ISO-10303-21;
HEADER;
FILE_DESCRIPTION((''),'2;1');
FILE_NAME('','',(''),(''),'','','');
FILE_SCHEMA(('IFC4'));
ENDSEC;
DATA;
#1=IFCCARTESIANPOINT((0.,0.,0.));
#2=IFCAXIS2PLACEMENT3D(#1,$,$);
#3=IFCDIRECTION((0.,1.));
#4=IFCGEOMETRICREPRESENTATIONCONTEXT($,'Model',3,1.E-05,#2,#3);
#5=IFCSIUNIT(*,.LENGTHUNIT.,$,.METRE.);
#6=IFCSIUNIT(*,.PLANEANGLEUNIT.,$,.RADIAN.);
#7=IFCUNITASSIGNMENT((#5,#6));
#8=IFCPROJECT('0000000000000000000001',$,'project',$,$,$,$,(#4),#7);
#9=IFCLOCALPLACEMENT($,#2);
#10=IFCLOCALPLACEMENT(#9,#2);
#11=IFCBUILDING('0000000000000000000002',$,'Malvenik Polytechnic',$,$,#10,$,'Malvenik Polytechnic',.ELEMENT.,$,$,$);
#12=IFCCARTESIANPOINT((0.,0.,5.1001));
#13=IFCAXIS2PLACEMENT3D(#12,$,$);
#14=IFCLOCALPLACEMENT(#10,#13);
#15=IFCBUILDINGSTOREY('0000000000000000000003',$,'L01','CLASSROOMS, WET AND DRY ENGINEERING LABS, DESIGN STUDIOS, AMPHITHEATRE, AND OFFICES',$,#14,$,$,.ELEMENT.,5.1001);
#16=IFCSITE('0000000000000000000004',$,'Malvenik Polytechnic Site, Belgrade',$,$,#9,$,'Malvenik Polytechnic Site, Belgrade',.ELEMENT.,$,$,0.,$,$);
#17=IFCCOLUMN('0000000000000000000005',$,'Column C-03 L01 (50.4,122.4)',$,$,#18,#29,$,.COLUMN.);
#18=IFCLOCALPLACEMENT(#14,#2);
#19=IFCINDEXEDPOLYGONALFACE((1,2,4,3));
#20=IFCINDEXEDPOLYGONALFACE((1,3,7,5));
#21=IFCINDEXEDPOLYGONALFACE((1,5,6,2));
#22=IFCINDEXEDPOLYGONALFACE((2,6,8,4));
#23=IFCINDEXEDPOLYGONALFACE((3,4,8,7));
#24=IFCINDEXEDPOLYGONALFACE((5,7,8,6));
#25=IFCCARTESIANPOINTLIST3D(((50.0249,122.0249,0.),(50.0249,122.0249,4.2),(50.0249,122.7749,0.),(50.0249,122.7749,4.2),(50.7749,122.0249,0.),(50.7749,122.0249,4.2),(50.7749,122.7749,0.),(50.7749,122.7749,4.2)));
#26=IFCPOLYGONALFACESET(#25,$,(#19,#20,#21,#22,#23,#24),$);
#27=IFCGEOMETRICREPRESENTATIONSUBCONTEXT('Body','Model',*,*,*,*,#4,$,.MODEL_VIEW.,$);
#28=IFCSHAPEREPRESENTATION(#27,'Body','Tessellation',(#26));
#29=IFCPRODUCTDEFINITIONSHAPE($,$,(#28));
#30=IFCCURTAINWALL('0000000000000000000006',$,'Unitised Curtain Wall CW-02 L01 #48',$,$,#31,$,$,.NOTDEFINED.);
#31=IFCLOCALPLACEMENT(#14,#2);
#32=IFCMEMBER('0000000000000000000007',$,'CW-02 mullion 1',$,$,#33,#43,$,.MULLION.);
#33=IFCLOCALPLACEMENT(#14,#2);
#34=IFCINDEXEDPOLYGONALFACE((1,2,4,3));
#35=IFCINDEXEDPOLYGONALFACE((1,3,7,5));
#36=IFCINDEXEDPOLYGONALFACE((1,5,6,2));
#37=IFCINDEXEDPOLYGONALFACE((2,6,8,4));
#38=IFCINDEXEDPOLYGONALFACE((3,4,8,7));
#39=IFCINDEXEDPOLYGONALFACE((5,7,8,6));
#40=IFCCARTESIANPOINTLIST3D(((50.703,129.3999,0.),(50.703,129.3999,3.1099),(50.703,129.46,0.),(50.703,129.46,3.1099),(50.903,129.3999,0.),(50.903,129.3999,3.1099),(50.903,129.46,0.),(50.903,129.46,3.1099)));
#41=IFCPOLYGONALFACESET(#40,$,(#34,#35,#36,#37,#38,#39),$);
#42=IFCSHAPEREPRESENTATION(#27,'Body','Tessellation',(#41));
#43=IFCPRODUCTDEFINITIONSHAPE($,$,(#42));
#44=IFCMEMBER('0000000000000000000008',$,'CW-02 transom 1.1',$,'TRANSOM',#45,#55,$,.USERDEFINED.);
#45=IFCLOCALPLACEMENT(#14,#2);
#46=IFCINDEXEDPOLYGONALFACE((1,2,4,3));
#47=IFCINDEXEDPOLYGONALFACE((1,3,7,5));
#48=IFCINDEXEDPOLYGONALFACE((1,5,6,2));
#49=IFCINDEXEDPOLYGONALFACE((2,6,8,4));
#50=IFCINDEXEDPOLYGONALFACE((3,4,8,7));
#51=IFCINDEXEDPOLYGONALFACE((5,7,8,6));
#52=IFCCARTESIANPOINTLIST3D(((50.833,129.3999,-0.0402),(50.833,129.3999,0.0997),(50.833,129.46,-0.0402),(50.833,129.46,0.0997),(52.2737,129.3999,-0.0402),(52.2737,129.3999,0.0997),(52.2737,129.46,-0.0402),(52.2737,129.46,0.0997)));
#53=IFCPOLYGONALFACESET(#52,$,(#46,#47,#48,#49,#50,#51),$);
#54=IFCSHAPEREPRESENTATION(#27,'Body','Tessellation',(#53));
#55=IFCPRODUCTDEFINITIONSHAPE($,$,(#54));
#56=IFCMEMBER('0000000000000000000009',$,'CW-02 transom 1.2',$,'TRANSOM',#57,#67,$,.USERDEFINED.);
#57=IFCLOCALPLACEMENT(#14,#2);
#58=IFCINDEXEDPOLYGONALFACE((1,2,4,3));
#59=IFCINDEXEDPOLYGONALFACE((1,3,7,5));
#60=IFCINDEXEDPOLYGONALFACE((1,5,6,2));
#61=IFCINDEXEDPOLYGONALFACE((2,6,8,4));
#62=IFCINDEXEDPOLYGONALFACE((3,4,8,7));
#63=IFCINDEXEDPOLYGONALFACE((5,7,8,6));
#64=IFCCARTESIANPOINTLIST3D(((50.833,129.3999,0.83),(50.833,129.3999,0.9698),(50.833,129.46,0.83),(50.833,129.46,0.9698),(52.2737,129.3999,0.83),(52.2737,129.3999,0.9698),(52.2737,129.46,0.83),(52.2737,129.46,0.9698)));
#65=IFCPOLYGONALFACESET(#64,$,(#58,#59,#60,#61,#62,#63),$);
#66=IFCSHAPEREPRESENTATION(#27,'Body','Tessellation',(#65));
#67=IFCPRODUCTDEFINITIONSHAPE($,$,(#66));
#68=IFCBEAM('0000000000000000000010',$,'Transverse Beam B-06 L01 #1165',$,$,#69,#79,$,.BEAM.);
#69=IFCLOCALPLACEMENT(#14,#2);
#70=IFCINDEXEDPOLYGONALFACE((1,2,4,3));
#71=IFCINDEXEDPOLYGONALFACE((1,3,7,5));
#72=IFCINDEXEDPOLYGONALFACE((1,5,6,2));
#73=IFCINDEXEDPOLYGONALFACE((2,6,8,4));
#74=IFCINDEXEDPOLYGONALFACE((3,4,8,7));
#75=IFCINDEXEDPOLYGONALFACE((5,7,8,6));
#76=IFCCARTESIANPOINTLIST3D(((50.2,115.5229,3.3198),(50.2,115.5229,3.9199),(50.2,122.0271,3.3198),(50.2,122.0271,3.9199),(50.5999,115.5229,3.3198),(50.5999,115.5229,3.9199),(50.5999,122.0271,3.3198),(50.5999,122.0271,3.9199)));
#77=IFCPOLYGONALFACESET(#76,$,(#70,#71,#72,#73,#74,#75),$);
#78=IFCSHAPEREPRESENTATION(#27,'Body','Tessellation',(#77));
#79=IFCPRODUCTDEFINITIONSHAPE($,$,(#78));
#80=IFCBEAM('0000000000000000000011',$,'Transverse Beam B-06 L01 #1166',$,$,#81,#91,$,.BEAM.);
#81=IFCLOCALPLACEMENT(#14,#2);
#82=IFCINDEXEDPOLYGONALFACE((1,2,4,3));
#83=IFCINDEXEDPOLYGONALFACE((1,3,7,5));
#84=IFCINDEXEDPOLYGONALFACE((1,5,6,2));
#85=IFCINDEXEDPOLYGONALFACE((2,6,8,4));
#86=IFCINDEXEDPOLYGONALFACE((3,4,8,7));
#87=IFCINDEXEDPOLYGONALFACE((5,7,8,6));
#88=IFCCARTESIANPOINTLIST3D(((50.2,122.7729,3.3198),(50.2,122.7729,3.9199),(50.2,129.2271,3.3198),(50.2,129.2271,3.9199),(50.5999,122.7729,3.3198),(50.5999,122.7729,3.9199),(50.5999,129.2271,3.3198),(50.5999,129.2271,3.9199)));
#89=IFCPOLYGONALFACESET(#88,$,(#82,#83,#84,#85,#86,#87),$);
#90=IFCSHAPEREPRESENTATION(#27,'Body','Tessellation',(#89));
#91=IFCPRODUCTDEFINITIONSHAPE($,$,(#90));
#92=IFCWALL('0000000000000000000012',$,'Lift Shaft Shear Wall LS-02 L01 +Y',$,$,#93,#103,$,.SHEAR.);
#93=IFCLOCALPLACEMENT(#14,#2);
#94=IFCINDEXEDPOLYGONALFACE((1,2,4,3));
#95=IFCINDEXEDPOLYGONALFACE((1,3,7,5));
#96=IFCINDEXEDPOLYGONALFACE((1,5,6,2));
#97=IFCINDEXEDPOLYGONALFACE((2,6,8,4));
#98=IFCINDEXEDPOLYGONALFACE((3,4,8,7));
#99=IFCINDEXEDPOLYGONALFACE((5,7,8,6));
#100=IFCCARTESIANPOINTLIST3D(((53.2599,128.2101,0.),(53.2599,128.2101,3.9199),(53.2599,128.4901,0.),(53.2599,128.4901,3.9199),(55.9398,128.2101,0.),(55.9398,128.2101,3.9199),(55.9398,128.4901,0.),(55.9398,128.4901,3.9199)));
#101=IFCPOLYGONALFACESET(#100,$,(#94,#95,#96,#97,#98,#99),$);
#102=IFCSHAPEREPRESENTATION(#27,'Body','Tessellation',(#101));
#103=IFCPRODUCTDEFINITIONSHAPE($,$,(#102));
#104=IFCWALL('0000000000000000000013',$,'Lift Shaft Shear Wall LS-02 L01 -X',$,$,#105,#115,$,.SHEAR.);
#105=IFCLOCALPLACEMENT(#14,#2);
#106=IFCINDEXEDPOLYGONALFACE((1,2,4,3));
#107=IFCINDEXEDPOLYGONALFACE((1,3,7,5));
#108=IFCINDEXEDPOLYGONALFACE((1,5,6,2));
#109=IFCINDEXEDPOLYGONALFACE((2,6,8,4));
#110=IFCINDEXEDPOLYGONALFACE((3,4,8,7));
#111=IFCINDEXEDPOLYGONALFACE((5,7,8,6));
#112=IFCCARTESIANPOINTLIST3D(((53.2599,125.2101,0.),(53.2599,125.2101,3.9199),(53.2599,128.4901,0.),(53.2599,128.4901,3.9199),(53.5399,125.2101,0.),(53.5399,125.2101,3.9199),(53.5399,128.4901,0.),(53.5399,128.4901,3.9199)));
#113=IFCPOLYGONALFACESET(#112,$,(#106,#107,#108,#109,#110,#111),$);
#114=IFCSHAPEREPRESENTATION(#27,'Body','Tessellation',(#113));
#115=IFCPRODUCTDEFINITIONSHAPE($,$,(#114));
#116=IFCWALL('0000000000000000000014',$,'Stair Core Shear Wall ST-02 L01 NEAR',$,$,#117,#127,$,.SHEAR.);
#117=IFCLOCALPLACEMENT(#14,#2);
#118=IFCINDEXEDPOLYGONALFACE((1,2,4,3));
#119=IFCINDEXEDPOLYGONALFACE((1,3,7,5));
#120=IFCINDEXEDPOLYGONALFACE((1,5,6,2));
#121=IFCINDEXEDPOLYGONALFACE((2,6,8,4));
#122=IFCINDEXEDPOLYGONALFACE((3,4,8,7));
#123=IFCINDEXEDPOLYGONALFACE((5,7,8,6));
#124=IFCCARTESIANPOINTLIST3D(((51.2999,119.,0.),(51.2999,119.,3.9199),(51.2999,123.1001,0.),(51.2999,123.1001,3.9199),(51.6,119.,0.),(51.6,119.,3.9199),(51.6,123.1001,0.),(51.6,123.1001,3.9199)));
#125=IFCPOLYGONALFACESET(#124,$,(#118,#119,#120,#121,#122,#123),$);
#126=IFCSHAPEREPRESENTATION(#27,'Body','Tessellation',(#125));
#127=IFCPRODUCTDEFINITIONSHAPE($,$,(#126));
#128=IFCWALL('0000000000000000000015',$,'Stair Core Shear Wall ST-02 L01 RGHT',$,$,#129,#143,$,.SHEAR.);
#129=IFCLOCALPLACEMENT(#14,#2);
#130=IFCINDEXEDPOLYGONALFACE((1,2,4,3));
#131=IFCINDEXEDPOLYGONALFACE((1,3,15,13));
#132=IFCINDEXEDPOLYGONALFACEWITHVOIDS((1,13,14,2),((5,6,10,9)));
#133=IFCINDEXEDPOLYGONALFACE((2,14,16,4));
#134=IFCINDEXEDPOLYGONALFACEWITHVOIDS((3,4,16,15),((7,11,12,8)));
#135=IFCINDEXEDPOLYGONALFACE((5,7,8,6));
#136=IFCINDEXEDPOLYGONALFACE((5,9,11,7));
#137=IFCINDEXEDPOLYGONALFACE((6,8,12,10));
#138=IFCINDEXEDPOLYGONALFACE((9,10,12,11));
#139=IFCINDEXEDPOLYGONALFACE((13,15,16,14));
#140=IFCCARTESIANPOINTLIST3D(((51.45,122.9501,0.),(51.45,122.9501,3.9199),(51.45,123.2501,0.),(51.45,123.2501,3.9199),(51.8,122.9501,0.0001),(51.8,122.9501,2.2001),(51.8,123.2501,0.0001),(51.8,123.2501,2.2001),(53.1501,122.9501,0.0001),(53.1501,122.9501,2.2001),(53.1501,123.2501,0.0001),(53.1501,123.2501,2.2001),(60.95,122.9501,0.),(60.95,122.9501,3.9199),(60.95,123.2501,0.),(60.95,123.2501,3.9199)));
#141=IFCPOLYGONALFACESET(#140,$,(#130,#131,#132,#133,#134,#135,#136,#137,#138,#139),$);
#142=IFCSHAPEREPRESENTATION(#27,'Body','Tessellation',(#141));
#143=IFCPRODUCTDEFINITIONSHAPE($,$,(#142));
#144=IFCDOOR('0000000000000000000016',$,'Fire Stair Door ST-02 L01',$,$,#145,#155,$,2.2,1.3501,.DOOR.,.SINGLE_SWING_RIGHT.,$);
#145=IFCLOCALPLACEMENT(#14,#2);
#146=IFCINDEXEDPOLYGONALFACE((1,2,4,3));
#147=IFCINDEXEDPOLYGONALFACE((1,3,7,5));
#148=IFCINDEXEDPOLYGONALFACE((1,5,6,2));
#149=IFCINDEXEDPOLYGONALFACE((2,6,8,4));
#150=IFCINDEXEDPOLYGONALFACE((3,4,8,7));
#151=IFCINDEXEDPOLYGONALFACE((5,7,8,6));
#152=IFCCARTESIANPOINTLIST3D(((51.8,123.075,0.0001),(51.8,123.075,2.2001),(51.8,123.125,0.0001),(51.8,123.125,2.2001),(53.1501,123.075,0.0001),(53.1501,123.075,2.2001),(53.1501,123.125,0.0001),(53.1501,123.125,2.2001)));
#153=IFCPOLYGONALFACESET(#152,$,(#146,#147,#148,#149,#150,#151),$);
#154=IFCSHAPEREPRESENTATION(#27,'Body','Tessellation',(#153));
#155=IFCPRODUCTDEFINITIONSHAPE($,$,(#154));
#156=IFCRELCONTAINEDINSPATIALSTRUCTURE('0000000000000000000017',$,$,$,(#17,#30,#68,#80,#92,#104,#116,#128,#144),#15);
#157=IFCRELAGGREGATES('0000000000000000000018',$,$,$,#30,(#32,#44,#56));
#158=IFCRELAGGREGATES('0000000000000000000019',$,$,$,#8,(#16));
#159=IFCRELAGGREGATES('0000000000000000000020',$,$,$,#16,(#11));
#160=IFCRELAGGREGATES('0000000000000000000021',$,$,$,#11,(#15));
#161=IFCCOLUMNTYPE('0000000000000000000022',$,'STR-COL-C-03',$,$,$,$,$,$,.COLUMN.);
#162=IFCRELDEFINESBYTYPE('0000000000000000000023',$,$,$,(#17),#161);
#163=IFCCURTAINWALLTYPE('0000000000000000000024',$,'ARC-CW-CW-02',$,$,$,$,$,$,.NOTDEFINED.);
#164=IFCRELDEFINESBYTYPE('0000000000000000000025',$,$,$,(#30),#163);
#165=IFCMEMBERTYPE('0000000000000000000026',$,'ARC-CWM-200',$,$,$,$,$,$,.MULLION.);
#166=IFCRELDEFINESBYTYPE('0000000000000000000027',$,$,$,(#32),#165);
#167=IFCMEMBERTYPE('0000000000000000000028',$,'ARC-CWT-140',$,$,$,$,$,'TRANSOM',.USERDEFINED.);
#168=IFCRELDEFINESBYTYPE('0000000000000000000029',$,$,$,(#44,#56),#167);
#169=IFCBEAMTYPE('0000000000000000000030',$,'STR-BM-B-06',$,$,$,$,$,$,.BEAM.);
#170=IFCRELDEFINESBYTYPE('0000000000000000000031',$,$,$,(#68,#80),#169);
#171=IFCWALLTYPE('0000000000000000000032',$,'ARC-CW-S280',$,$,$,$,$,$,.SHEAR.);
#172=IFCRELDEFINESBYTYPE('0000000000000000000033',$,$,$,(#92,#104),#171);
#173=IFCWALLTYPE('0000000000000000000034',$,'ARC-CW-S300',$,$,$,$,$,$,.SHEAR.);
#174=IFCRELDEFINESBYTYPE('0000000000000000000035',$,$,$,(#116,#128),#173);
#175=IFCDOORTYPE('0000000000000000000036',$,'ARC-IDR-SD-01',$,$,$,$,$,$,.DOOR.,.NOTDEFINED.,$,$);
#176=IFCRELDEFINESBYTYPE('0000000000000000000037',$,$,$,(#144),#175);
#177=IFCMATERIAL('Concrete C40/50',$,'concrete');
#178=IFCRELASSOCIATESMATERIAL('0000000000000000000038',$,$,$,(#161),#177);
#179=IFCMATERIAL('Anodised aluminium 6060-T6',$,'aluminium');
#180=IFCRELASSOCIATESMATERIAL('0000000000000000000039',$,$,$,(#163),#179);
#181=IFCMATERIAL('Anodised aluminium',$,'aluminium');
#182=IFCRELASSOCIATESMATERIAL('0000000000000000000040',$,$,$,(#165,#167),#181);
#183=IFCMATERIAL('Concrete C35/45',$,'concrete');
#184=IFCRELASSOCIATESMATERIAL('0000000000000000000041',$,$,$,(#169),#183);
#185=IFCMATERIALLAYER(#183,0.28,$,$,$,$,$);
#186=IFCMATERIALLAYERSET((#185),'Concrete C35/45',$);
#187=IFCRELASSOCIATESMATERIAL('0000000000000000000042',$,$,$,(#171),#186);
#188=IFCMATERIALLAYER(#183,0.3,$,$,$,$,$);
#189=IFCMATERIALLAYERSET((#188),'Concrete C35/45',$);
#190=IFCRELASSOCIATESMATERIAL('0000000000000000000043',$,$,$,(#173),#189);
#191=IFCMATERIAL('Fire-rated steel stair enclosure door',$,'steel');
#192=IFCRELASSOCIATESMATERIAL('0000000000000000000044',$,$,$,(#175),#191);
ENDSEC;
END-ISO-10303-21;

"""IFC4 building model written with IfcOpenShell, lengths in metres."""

from ifc_helpers import new_model, si_unit, direction, frame, frame_2d, origin, origin_2d, place, context, subcontext, project, spatial, rectangle, extrude, material, layer, layer_set, material_profile, profile_set, type_object, element, fill, aggregate, save


model = new_model("IFC4")

# Units and contexts
model_context = context("Model", 3, precision=1e-05, world=origin(), true_north=direction((0.0, 1.0)))
body_context = subcontext(model_context, "Body", "Model", "MODEL_VIEW")
ifc_project = project(units=[si_unit("LENGTHUNIT", "METRE"), si_unit("PLANEANGLEUNIT", "RADIAN")], contexts=[model_context])

# Site, building, storey
site_placement = place(None, origin())
site = spatial("IfcSite", under=ifc_project, at=site_placement, Name="Malvenik Polytechnic Site, Belgrade", LongName="Malvenik Polytechnic Site, Belgrade", CompositionType="ELEMENT", RefElevation=0.0)
building_placement = place(site_placement, origin())
building = spatial("IfcBuilding", under=site, at=building_placement, Name="Malvenik Polytechnic", LongName="Malvenik Polytechnic", CompositionType="ELEMENT")
storey_placement = place(building_placement, frame((0.0, 0.0, 5.1001)))
storey = spatial("IfcBuildingStorey", under=building, at=storey_placement, Name="L01", Description="CLASSROOMS, WET AND DRY ENGINEERING LABS, DESIGN STUDIOS, AMPHITHEATRE, AND OFFICES", CompositionType="ELEMENT", Elevation=5.1001)

# Column
ifc_material_1 = material(Name="Concrete C40/50", Category="concrete")
ifc_material_profile_1 = material_profile(ifc_material_1, rectangle(XDim=0.75, YDim=0.75, at=origin_2d()), Name="RC COL 750x750")
ifc_profile_set_1 = profile_set([ifc_material_profile_1], Name="Concrete C40/50")
column_type = type_object("IfcColumnType", Name="STR-COL-C-03", PredefinedType="COLUMN", material=ifc_profile_set_1)
column_placement = place(storey_placement, frame((50.3999, 122.3999, 0.0), z_axis=(0.0, 0.0, 1.0), x_axis=(1.0, 0.0, 0.0)))
element("IfcColumn", 1, at=column_placement, inside=storey, type_object=column_type, Name="Column C-03 L01 (50.4,122.4)", PredefinedType="COLUMN", context=body_context, shape_type="SweptSolid", body=[
    extrude(rectangle(XDim=0.75, YDim=0.75, at=origin_2d()), origin(), (0.0, 0.0, 1.0), 4.2),
])

# Curtain wall, members
ifc_material_2 = material(Name="Anodised aluminium 6060-T6", Category="aluminium")
curtain_wall_type = type_object("IfcCurtainWallType", Name="ARC-CW-CW-02", PredefinedType="NOTDEFINED", material=ifc_material_2)
curtain_wall_placement = place(storey_placement, origin())
curtain_wall = element("IfcCurtainWall", 2, at=curtain_wall_placement, inside=storey, type_object=curtain_wall_type, Name="Unitised Curtain Wall CW-02 L01 #48", PredefinedType="NOTDEFINED")
ifc_material_3 = material(Name="Anodised aluminium", Category="aluminium")
ifc_material_profile_2 = material_profile(ifc_material_3, rectangle(XDim=0.0601, YDim=0.2, at=origin_2d()), Name="ALU MULLION 60x200")
ifc_profile_set_2 = profile_set([ifc_material_profile_2], Name="Anodised aluminium")
member_type_1 = type_object("IfcMemberType", Name="ARC-CWM-200", PredefinedType="MULLION", material=ifc_profile_set_2)
member_1_placement = place(storey_placement, frame((50.803, 129.4299, 0.0), z_axis=(0.0, 0.0, 1.0), x_axis=(0.0, 1.0, 0.0)))
member_1 = element("IfcMember", 3, at=member_1_placement, type_object=member_type_1, Name="CW-02 mullion 1", PredefinedType="MULLION", context=body_context, shape_type="SweptSolid", body=[
    extrude(rectangle(XDim=0.0601, YDim=0.2, at=origin_2d()), origin(), (0.0, 0.0, 1.0), 3.1099),
])
ifc_material_profile_3 = material_profile(ifc_material_3, rectangle(XDim=0.0601, YDim=0.1399, at=origin_2d()), Name="ALU TRANSOM 60x140")
ifc_profile_set_3 = profile_set([ifc_material_profile_3], Name="Anodised aluminium")
member_type_2 = type_object("IfcMemberType", Name="ARC-CWT-140", ElementType="TRANSOM", PredefinedType="USERDEFINED", material=ifc_profile_set_3)
member_2_placement = place(storey_placement, frame((50.833, 129.4299, 0.0298), z_axis=(1.0, 0.0, 0.0), x_axis=(0.0, 1.0, 0.0)))
member_2 = element("IfcMember", 4, at=member_2_placement, type_object=member_type_2, Name="CW-02 transom 1.1", ObjectType="TRANSOM", PredefinedType="USERDEFINED", context=body_context, shape_type="SweptSolid", body=[
    extrude(rectangle(XDim=0.0601, YDim=0.1399, at=origin_2d()), origin(), (0.0, 0.0, 1.0), 1.4407),
])
member_3_placement = place(storey_placement, frame((50.833, 129.4299, 0.8999), z_axis=(1.0, 0.0, 0.0), x_axis=(0.0, 1.0, 0.0)))
member_3 = element("IfcMember", 5, at=member_3_placement, type_object=member_type_2, Name="CW-02 transom 1.2", ObjectType="TRANSOM", PredefinedType="USERDEFINED", context=body_context, shape_type="SweptSolid", body=[
    extrude(rectangle(XDim=0.0601, YDim=0.1399, at=origin_2d()), origin(), (0.0, 0.0, 1.0), 1.4407),
])
aggregate(curtain_wall, [member_1, member_2, member_3])

# Beams
ifc_material_4 = material(Name="Concrete C35/45", Category="concrete")
ifc_material_profile_4 = material_profile(ifc_material_4, rectangle(XDim=0.3999, YDim=0.6001, at=origin_2d()), Name="RC BM 400x600")
ifc_profile_set_4 = profile_set([ifc_material_profile_4], Name="Concrete C35/45")
beam_type = type_object("IfcBeamType", Name="STR-BM-B-06", PredefinedType="BEAM", material=ifc_profile_set_4)
beam_1_placement = place(storey_placement, frame((50.3999, 115.5229, 3.6199), z_axis=(0.0, 1.0, 0.0), x_axis=(-1.0, 0.0, 0.0)))
element("IfcBeam", 6, at=beam_1_placement, inside=storey, type_object=beam_type, Name="Transverse Beam B-06 L01 #1165", PredefinedType="BEAM", context=body_context, shape_type="SweptSolid", body=[
    extrude(rectangle(XDim=0.3999, YDim=0.6001, at=origin_2d()), origin(), (0.0, 0.0, 1.0), 6.5042),
])
beam_2_placement = place(storey_placement, frame((50.3999, 122.7729, 3.6199), z_axis=(0.0, 1.0, 0.0), x_axis=(-1.0, 0.0, 0.0)))
element("IfcBeam", 7, at=beam_2_placement, inside=storey, type_object=beam_type, Name="Transverse Beam B-06 L01 #1166", PredefinedType="BEAM", context=body_context, shape_type="SweptSolid", body=[
    extrude(rectangle(XDim=0.3999, YDim=0.6001, at=origin_2d()), origin(), (0.0, 0.0, 1.0), 6.4541),
])

# Walls
ifc_layer_1 = layer(ifc_material_4, 0.28)
ifc_layer_set_1 = layer_set([ifc_layer_1], Name="Concrete C35/45")
wall_type_1 = type_object("IfcWallType", Name="ARC-CW-S280", PredefinedType="SHEAR", material=ifc_layer_set_1)
wall_1_placement = place(storey_placement, frame((53.26, 128.3501, 0.0), z_axis=(0.0, 0.0, 1.0), x_axis=(1.0, 0.0, 0.0)))
element("IfcWall", 8, at=wall_1_placement, inside=storey, type_object=wall_type_1, Name="Lift Shaft Shear Wall LS-02 L01 +Y", PredefinedType="SHEAR", context=body_context, shape_type="SweptSolid", body=[
    extrude(rectangle(XDim=2.6799, YDim=0.28, at=frame_2d((1.3398, 0.0))), origin(), (0.0, 0.0, 1.0), 3.9199),
])
wall_2_placement = place(storey_placement, frame((53.3999, 125.21, 0.0), z_axis=(0.0, 0.0, 1.0), x_axis=(0.0, 1.0, 0.0)))
element("IfcWall", 9, at=wall_2_placement, inside=storey, type_object=wall_type_1, Name="Lift Shaft Shear Wall LS-02 L01 -X", PredefinedType="SHEAR", context=body_context, shape_type="SweptSolid", body=[
    extrude(rectangle(XDim=3.28, YDim=0.28, at=frame_2d((1.6401, 0.0))), origin(), (0.0, 0.0, 1.0), 3.9199),
])
ifc_layer_2 = layer(ifc_material_4, 0.3)
ifc_layer_set_2 = layer_set([ifc_layer_2], Name="Concrete C35/45")
wall_type_2 = type_object("IfcWallType", Name="ARC-CW-S300", PredefinedType="SHEAR", material=ifc_layer_set_2)
wall_3_placement = place(storey_placement, frame((51.45, 119.0, 0.0), z_axis=(0.0, 0.0, 1.0), x_axis=(0.0, 1.0, 0.0)))
element("IfcWall", 10, at=wall_3_placement, inside=storey, type_object=wall_type_2, Name="Stair Core Shear Wall ST-02 L01 NEAR", PredefinedType="SHEAR", context=body_context, shape_type="SweptSolid", body=[
    extrude(rectangle(XDim=4.1001, YDim=0.3, at=frame_2d((2.05, 0.0))), origin(), (0.0, 0.0, 1.0), 3.9199),
])

# Wall, opening, door
wall_4_placement = place(storey_placement, frame((51.45, 123.1001, 0.0), z_axis=(0.0, 0.0, 1.0), x_axis=(1.0, 0.0, 0.0)))
wall_4 = element("IfcWall", 11, at=wall_4_placement, inside=storey, type_object=wall_type_2, Name="Stair Core Shear Wall ST-02 L01 RGHT", PredefinedType="SHEAR", context=body_context, shape_type="SweptSolid", body=[
    extrude(rectangle(XDim=9.5, YDim=0.3, at=frame_2d((4.75, 0.0))), origin(), (0.0, 0.0, 1.0), 3.9199),
])
opening_1_placement = place(wall_4_placement, frame((0.3501, 0.0, 0.0)))
opening_1 = element("IfcOpeningElement", 12, at=opening_1_placement, cuts=wall_4, PredefinedType="OPENING", context=body_context, shape_type="SweptSolid", body=[
    extrude(rectangle(XDim=1.3501, YDim=2.2, at=frame_2d((0.675, 1.1001))), frame((0.0, 0.1602, 0.0), z_axis=(0.0, -1.0, 0.0), x_axis=(1.0, 0.0, 0.0)), (0.0, 0.0, 1.0), 0.3201),
])
ifc_material_5 = material(Name="Fire-rated steel stair enclosure door", Category="steel")
door_type_1 = type_object("IfcDoorType", Name="ARC-IDR-SD-01", OperationType="NOTDEFINED", PredefinedType="DOOR", material=ifc_material_5)
door_1_placement = place(opening_1_placement, origin())
door_1 = element("IfcDoor", 13, at=door_1_placement, inside=storey, type_object=door_type_1, Name="Fire Stair Door ST-02 L01", OperationType="SINGLE_SWING_RIGHT", OverallHeight=2.2, OverallWidth=1.3501, PredefinedType="DOOR", context=body_context, shape_type="SweptSolid", body=[
    extrude(rectangle(XDim=1.3501, YDim=2.2, at=frame_2d((0.675, 1.1001))), frame((0.0, 0.0249, 0.0), z_axis=(0.0, -1.0, 0.0), x_axis=(1.0, 0.0, 0.0)), (0.0, 0.0, 1.0), 0.05),
])
fill(opening_1, door_1)

save(model, "model.ifc")
